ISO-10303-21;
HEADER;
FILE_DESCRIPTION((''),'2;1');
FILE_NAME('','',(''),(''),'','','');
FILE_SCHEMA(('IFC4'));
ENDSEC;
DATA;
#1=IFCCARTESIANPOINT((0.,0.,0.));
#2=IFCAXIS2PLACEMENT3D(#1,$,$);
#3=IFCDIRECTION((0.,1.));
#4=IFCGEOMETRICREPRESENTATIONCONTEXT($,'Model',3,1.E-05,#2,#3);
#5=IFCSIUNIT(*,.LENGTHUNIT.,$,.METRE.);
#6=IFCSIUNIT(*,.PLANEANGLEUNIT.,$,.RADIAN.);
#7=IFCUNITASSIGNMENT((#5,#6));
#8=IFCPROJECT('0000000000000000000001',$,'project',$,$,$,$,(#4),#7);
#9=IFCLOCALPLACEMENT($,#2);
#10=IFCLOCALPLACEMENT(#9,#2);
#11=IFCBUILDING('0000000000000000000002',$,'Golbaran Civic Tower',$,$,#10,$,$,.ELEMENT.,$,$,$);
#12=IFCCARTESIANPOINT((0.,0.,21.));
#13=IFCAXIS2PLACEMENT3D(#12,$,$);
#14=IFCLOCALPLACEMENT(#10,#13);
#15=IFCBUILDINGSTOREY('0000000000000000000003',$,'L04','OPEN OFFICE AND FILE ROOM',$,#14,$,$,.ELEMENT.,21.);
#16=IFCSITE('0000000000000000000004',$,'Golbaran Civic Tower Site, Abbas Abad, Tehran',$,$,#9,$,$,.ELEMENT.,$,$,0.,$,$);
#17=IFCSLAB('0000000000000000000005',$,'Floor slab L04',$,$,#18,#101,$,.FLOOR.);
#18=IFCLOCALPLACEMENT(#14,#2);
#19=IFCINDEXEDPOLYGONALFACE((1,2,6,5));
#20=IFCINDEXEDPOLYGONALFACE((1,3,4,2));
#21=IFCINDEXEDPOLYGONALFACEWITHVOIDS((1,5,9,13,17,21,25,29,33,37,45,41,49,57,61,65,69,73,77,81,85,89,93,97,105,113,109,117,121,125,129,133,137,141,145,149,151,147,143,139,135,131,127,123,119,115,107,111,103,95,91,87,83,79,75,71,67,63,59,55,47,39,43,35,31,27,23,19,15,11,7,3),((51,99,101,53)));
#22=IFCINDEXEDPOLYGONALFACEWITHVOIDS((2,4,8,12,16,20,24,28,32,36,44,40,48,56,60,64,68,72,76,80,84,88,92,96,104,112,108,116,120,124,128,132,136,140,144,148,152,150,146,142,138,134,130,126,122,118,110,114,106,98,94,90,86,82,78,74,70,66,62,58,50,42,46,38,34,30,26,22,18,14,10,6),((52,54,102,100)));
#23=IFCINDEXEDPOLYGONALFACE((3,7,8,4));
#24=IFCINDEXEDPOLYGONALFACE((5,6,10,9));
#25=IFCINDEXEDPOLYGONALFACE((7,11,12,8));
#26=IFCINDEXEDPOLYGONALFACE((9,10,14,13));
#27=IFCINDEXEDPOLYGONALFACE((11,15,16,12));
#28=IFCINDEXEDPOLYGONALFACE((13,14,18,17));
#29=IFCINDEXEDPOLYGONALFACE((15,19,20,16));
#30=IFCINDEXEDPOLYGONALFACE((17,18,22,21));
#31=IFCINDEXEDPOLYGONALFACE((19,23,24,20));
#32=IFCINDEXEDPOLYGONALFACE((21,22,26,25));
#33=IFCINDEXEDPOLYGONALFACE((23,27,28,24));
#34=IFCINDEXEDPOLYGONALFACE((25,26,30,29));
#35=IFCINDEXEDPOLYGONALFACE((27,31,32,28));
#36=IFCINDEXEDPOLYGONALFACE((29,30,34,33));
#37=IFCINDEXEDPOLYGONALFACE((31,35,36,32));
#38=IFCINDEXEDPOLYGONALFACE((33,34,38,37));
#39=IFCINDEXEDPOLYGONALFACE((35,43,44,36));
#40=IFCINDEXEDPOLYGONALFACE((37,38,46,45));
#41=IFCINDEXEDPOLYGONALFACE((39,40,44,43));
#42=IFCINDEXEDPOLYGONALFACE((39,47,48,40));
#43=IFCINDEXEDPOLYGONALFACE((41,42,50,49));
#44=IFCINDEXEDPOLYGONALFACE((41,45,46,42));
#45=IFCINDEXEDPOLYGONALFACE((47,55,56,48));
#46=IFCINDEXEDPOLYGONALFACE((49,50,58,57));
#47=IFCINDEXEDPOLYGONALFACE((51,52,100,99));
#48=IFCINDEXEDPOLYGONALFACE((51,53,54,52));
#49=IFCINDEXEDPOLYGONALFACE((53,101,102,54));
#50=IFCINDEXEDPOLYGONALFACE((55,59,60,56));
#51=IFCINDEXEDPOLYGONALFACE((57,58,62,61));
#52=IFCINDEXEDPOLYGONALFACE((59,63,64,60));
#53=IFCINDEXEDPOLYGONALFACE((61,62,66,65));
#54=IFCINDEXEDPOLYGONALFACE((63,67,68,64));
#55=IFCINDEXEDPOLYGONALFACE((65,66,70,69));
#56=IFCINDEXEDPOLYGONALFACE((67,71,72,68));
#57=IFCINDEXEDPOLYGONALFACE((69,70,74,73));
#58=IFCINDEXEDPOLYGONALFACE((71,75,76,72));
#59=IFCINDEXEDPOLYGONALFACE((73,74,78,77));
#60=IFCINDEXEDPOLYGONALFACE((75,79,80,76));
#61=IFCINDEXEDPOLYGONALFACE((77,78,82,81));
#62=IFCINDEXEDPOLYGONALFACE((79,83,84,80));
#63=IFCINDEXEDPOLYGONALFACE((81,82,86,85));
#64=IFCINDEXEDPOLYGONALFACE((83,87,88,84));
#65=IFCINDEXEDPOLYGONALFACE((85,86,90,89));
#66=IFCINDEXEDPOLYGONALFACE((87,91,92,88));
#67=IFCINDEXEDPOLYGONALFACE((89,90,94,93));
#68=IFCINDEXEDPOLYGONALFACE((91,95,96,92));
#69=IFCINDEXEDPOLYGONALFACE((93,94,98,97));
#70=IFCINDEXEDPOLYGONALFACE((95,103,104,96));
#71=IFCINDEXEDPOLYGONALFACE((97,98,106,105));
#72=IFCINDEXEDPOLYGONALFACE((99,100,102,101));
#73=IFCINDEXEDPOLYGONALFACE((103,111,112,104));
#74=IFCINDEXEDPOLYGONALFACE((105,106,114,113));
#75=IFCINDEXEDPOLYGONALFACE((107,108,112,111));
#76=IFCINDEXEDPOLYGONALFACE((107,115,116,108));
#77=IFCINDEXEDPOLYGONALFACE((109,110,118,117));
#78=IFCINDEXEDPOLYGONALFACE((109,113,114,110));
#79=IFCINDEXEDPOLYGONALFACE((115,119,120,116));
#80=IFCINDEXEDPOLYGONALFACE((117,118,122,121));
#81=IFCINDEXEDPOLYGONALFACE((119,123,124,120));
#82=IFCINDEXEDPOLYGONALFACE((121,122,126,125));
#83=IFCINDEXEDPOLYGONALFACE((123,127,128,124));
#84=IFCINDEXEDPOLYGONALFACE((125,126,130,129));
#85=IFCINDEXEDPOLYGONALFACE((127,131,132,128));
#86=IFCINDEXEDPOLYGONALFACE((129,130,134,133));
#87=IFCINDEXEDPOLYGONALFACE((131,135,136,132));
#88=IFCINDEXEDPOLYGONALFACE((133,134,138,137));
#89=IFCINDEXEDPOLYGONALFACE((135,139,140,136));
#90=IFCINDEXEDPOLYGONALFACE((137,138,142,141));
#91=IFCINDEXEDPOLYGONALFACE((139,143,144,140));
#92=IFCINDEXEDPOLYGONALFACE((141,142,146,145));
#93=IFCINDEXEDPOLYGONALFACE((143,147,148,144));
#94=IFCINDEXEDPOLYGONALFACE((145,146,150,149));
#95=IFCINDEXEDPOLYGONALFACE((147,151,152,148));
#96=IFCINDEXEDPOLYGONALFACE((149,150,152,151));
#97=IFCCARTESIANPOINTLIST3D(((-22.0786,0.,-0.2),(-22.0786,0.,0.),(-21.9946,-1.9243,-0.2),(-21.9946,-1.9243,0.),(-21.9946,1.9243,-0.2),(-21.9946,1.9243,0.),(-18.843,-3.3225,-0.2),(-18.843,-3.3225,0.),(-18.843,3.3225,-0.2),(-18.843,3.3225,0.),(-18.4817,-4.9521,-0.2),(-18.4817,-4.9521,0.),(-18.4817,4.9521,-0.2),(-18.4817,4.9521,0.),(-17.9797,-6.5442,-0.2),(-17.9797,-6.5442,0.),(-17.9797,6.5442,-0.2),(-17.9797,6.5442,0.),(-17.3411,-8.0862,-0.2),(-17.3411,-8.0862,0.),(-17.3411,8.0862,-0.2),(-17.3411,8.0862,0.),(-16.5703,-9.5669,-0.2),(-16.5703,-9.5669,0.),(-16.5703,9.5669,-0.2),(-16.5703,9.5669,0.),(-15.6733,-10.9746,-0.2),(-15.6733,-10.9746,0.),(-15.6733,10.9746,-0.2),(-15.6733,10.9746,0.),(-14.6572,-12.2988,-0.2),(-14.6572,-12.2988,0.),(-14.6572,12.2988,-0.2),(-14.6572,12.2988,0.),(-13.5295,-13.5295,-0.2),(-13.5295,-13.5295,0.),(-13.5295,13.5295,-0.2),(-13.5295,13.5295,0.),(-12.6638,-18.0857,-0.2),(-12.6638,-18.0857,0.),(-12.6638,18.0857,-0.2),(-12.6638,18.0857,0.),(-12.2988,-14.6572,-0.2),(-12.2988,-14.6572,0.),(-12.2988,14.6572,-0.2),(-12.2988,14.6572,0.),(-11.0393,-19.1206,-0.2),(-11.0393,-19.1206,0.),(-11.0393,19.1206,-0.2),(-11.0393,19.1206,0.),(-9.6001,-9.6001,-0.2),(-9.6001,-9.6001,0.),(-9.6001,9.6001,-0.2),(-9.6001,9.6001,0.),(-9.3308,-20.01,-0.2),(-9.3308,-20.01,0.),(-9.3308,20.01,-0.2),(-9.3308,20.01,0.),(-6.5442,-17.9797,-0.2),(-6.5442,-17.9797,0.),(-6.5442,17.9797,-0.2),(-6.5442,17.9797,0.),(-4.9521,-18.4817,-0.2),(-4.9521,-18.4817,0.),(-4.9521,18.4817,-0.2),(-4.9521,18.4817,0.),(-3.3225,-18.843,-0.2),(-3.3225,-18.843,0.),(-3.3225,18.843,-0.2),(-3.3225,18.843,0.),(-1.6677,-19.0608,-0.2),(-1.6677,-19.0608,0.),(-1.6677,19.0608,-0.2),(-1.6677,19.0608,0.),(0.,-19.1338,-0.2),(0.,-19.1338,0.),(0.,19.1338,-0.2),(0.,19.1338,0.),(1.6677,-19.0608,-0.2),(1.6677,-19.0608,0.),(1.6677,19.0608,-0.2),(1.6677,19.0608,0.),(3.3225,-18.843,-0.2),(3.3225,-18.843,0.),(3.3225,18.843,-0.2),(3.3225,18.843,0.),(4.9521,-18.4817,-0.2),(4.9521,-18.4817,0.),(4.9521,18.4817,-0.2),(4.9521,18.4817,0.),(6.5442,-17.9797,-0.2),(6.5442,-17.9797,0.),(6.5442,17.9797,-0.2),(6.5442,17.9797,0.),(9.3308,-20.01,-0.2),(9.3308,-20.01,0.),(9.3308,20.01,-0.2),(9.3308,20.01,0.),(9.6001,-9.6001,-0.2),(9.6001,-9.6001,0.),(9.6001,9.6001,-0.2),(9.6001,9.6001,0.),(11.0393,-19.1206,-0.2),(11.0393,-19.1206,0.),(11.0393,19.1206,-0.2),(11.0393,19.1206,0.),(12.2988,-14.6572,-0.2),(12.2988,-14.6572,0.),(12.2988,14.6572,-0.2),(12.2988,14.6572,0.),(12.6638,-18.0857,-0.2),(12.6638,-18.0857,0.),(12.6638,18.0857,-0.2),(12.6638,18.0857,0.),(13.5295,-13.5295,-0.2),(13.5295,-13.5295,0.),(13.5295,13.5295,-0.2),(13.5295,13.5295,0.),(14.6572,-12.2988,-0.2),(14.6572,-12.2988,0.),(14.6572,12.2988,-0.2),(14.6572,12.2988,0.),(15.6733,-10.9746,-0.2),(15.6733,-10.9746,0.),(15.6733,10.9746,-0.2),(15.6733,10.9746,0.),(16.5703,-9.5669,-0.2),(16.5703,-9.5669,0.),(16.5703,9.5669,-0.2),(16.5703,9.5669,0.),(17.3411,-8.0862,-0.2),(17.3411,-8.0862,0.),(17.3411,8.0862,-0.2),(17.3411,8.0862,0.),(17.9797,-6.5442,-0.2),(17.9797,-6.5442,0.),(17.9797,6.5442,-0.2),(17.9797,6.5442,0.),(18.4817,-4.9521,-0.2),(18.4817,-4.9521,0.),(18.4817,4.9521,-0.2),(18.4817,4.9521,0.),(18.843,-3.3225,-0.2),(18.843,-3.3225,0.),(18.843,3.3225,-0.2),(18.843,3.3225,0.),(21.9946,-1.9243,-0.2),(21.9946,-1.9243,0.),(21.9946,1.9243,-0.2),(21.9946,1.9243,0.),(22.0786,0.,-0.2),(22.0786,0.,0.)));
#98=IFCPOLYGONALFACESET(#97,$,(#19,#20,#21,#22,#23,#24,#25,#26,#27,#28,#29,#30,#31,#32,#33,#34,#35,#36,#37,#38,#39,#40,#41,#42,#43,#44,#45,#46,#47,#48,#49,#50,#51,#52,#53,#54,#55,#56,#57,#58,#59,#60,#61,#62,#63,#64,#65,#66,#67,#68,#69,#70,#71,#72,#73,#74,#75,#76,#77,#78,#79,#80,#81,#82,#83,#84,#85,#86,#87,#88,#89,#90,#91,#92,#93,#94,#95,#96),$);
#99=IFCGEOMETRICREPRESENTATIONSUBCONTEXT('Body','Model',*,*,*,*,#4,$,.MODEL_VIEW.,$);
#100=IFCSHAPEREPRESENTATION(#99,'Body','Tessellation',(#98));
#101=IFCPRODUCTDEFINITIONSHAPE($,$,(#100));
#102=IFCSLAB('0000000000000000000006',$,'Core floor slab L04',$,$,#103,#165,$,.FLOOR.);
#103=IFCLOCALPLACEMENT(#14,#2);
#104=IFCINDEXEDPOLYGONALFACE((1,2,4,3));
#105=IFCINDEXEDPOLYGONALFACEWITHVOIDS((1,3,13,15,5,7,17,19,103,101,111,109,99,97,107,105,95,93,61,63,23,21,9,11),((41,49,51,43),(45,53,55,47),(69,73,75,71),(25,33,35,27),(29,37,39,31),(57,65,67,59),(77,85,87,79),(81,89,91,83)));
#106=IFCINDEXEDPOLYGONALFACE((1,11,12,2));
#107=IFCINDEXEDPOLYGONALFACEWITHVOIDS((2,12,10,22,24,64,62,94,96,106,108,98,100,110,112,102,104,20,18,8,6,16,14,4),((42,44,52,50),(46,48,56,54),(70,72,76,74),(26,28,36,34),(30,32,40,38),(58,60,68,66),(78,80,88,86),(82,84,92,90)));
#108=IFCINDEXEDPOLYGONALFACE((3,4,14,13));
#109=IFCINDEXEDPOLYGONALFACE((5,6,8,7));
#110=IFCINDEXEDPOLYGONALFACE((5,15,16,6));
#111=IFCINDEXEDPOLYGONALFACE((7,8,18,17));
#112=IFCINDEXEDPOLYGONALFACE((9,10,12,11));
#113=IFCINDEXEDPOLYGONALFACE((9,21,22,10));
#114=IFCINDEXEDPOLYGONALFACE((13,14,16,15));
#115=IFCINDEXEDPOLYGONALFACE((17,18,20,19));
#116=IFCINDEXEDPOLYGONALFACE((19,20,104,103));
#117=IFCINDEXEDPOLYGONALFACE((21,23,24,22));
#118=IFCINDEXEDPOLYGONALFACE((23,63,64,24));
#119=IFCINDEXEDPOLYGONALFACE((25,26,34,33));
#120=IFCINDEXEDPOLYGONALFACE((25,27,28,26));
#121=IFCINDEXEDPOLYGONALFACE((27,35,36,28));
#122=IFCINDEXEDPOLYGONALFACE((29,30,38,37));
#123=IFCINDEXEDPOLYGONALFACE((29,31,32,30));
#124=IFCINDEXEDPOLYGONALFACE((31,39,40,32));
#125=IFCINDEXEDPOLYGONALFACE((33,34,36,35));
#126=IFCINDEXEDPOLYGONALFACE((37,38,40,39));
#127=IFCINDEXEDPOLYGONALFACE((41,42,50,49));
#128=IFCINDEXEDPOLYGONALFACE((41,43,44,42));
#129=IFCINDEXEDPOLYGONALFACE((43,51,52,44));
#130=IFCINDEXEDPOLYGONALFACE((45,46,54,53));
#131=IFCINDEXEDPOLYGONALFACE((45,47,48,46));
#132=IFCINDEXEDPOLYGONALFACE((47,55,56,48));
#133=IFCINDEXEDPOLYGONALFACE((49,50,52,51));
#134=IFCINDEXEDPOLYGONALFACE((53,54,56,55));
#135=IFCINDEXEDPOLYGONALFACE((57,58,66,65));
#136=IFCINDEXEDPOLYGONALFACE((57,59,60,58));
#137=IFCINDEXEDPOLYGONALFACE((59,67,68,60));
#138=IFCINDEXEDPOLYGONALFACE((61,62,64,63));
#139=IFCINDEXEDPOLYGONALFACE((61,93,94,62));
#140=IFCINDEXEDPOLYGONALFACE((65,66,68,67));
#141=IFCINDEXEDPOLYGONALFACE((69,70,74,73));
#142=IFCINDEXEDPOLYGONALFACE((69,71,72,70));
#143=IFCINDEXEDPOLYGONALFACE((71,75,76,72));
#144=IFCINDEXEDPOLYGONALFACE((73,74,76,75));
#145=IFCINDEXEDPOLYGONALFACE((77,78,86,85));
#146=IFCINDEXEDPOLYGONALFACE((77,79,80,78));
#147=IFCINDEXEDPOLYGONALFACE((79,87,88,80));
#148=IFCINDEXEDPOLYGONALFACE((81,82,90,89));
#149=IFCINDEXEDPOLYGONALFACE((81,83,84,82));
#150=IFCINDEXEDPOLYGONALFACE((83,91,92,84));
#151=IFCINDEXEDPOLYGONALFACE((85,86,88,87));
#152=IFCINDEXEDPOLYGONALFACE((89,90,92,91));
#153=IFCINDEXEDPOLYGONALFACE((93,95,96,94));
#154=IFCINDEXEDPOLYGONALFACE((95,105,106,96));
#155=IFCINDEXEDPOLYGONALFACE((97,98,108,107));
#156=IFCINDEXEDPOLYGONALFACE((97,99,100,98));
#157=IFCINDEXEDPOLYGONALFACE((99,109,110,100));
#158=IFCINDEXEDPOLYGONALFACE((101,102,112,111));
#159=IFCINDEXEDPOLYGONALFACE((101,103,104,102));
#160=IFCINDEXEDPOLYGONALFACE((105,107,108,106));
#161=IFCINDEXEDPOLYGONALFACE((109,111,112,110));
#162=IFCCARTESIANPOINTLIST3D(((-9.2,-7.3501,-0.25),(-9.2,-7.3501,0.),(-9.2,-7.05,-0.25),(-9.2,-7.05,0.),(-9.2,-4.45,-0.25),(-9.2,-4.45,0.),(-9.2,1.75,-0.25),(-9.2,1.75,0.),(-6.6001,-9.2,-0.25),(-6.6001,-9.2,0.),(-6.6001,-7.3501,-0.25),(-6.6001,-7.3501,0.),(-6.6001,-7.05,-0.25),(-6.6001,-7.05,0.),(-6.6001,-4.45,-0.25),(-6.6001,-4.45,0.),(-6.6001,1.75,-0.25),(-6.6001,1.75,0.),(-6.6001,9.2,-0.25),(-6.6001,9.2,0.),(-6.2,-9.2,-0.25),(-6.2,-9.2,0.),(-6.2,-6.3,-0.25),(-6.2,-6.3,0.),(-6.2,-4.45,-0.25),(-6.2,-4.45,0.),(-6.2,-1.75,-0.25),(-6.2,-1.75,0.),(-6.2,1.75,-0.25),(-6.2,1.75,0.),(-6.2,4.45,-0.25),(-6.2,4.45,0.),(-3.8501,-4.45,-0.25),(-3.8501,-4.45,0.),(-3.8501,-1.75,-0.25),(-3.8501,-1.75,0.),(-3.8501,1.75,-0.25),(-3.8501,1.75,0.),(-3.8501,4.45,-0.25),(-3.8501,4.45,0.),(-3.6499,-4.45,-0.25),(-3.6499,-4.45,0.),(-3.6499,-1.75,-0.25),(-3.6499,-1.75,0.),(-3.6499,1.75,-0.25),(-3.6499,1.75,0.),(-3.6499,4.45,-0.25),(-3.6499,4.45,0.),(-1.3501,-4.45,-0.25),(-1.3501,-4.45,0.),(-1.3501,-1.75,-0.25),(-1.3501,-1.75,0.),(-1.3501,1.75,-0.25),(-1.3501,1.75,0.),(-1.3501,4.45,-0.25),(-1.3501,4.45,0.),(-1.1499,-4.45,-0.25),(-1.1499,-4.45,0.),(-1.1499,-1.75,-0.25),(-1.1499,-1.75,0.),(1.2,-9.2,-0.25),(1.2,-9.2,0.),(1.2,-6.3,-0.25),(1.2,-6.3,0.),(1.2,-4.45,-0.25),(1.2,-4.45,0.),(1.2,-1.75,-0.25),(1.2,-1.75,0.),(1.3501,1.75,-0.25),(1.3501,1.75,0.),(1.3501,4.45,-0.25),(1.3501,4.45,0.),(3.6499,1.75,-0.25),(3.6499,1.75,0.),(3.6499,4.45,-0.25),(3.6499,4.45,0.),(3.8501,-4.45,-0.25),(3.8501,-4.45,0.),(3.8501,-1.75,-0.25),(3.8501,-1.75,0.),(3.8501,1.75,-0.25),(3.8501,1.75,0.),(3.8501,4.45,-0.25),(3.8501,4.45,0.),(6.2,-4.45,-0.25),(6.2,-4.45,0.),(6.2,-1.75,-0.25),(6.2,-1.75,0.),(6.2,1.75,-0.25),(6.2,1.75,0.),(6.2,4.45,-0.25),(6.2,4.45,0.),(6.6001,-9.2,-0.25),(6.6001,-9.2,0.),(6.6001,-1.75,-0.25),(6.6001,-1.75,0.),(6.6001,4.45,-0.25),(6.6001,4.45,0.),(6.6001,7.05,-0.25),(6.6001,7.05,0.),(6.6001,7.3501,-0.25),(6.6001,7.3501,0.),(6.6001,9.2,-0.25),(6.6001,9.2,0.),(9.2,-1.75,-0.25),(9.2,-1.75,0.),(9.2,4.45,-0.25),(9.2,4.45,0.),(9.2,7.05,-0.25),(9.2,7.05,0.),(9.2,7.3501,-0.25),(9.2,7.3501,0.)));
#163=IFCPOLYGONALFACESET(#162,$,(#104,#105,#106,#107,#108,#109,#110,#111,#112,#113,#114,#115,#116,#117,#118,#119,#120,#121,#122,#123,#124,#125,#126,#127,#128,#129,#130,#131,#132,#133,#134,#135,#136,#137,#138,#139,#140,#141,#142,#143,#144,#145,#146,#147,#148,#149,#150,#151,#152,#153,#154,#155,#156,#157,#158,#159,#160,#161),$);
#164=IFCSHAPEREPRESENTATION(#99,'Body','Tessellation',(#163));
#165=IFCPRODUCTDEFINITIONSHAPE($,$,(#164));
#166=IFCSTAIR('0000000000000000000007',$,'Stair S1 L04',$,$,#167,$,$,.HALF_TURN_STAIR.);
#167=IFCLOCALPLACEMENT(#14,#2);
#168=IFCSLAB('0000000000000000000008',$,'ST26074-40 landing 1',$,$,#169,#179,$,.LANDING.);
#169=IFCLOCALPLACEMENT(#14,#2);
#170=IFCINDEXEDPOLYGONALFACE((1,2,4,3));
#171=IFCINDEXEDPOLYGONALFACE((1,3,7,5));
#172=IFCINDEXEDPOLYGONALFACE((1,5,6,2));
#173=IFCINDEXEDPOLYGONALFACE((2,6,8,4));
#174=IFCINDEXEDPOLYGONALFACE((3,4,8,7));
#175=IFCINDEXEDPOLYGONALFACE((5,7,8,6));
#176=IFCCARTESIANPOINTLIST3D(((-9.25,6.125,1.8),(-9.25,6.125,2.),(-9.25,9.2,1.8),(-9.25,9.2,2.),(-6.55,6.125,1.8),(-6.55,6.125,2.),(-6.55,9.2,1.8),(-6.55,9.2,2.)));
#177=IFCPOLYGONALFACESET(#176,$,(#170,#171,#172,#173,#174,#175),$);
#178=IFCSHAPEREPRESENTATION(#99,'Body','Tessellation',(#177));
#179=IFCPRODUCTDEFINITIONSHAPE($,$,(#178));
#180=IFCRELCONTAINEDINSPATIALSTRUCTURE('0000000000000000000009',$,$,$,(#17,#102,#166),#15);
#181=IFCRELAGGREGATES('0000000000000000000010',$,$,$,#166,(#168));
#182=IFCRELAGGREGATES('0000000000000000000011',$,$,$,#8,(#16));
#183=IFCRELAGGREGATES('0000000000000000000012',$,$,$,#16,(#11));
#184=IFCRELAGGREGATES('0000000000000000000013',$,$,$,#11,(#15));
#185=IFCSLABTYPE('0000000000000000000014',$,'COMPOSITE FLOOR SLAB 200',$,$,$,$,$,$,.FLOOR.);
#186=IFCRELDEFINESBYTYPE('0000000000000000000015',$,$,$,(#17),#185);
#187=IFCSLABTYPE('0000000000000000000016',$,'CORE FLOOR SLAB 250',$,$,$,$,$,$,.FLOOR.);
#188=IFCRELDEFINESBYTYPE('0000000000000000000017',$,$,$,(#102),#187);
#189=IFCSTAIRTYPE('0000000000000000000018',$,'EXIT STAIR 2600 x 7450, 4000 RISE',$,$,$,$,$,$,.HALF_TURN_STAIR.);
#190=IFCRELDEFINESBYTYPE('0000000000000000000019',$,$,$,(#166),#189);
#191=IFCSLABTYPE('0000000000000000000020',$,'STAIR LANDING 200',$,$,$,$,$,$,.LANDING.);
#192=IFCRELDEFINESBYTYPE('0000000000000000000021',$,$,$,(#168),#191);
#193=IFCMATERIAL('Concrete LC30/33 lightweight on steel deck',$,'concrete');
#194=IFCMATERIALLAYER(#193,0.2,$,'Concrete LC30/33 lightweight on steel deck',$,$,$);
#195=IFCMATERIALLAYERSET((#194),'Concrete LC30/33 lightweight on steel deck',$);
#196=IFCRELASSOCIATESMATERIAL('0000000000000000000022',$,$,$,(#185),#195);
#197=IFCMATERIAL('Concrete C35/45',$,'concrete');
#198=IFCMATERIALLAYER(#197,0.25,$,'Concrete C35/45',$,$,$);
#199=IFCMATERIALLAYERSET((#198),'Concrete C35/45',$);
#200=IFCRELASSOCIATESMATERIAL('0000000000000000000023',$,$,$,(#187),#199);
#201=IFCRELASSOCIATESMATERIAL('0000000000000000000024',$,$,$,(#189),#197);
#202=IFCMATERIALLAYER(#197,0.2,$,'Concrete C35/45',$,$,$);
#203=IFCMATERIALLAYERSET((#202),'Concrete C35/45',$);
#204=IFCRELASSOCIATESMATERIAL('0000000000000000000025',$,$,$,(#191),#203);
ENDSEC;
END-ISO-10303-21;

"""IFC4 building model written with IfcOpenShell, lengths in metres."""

from ifc_helpers import new_model, si_unit, direction, frame, origin, place, context, subcontext, project, spatial, polyline, outline, extrude, material, layer, layer_set, type_object, element, aggregate, save


model = new_model("IFC4")

# Units and contexts
model_context = context("Model", 3, precision=1e-05, world=origin(), true_north=direction((0.0, 1.0)))
body_context = subcontext(model_context, "Body", "Model", "MODEL_VIEW")
ifc_project = project(units=[si_unit("LENGTHUNIT", "METRE"), si_unit("PLANEANGLEUNIT", "RADIAN")], contexts=[model_context])

# Site, building, storey
site_placement = place(None, origin())
site = spatial("IfcSite", under=ifc_project, at=site_placement, Name="Golbaran Civic Tower Site, Abbas Abad, Tehran", CompositionType="ELEMENT", RefElevation=0.0)
building_placement = place(site_placement, origin())
building = spatial("IfcBuilding", under=site, at=building_placement, Name="Golbaran Civic Tower", CompositionType="ELEMENT")
storey_placement = place(building_placement, frame((0.0, 0.0, 21.0)))
storey = spatial("IfcBuildingStorey", under=building, at=storey_placement, Name="L04", Description="OPEN OFFICE AND FILE ROOM", CompositionType="ELEMENT", Elevation=21.0)

# Slabs
ifc_material_1 = material(Name="Concrete LC30/33 lightweight on steel deck", Category="concrete")
ifc_layer_1 = layer(ifc_material_1, 0.2, Name="Concrete LC30/33 lightweight on steel deck")
ifc_layer_set_1 = layer_set([ifc_layer_1], Name="Concrete LC30/33 lightweight on steel deck")
slab_type_1 = type_object("IfcSlabType", Name="COMPOSITE FLOOR SLAB 200", PredefinedType="FLOOR", material=ifc_layer_set_1)
slab_1_placement = place(storey_placement, frame((0.0, 0.0, -0.2)))
element("IfcSlab", 1, at=slab_1_placement, inside=storey, type_object=slab_type_1, Name="Floor slab L04", PredefinedType="FLOOR", context=body_context, shape_type="SweptSolid", body=[
    extrude(outline(polyline([(18.843, -3.3225), (18.4817, -4.9521), (17.9797, -6.5442), (17.3411, -8.0862), (16.5703, -9.5669), (15.6733, -10.9746), (14.6572, -12.2988), (13.5295, -13.5295), (12.2988, -14.6572), (12.6638, -18.0857), (11.0393, -19.1206), (9.3308, -20.01), (6.5442, -17.9797), (4.9521, -18.4817), (3.3225, -18.843), (1.6677, -19.0608), (0.0, -19.1338), (-1.6677, -19.0608), (-3.3225, -18.843), (-4.9521, -18.4817), (-6.5442, -17.9797), (-9.3308, -20.01), (-11.0393, -19.1206), (-12.6638, -18.0857), (-12.2988, -14.6572), (-13.5295, -13.5295), (-14.6572, -12.2988), (-15.6733, -10.9746), (-16.5703, -9.5669), (-17.3411, -8.0862), (-17.9797, -6.5442), (-18.4817, -4.9521), (-18.843, -3.3225), (-21.9946, -1.9243), (-22.0786, 0.0), (-21.9946, 1.9243), (-18.843, 3.3225), (-18.4817, 4.9521), (-17.9797, 6.5442), (-17.3411, 8.0862), (-16.5703, 9.5669), (-15.6733, 10.9746), (-14.6572, 12.2988), (-13.5295, 13.5295), (-12.2988, 14.6572), (-12.6638, 18.0857), (-11.0393, 19.1206), (-9.3308, 20.01), (-6.5442, 17.9797), (-4.9521, 18.4817), (-3.3225, 18.843), (-1.6677, 19.0608), (0.0, 19.1338), (1.6677, 19.0608), (3.3225, 18.843), (4.9521, 18.4817), (6.5442, 17.9797), (9.3308, 20.01), (11.0393, 19.1206), (12.6638, 18.0857), (12.2988, 14.6572), (13.5295, 13.5295), (14.6572, 12.2988), (15.6733, 10.9746), (16.5703, 9.5669), (17.3411, 8.0862), (17.9797, 6.5442), (18.4817, 4.9521), (18.843, 3.3225), (21.9946, 1.9243), (22.0786, 0.0), (21.9946, -1.9243), (18.843, -3.3225)]), holes=[polyline([(-9.6001, 9.6001), (-9.6001, -9.6001), (9.6001, -9.6001), (9.6001, 9.6001), (-9.6001, 9.6001)])]), origin(), (0.0, 0.0, 1.0), 0.2),
])
ifc_material_2 = material(Name="Concrete C35/45", Category="concrete")
ifc_layer_2 = layer(ifc_material_2, 0.25, Name="Concrete C35/45")
ifc_layer_set_2 = layer_set([ifc_layer_2], Name="Concrete C35/45")
slab_type_2 = type_object("IfcSlabType", Name="CORE FLOOR SLAB 250", PredefinedType="FLOOR", material=ifc_layer_set_2)
slab_2_placement = place(storey_placement, frame((0.0, 0.0, -0.25)))
element("IfcSlab", 2, at=slab_2_placement, inside=storey, type_object=slab_type_2, Name="Core floor slab L04", PredefinedType="FLOOR", context=body_context, shape_type="SweptSolid", body=[
    extrude(outline(polyline([(6.6001, -1.75), (6.6001, -9.2), (1.2, -9.2), (1.2, -6.3), (-6.2, -6.3), (-6.2, -9.2), (-6.6001, -9.2), (-6.6001, -7.3501), (-9.2, -7.3501), (-9.2, -7.05), (-6.6001, -7.05), (-6.6001, -4.45), (-9.2, -4.45), (-9.2, 1.75), (-6.6001, 1.75), (-6.6001, 9.2), (6.6001, 9.2), (6.6001, 7.3501), (9.2, 7.3501), (9.2, 7.05), (6.6001, 7.05), (6.6001, 4.45), (9.2, 4.45), (9.2, -1.75), (6.6001, -1.75)]), holes=[polyline([(6.2, -1.75), (3.8501, -1.75), (3.8501, -4.45), (6.2, -4.45), (6.2, -1.75)]), polyline([(6.2, 4.45), (3.8501, 4.45), (3.8501, 1.75), (6.2, 1.75), (6.2, 4.45)]), polyline([(3.6499, 4.45), (1.3501, 4.45), (1.3501, 1.75), (3.6499, 1.75), (3.6499, 4.45)]), polyline([(1.2, -1.75), (-1.1499, -1.75), (-1.1499, -4.45), (1.2, -4.45), (1.2, -1.75)]), polyline([(-1.3501, 4.45), (-3.6499, 4.45), (-3.6499, 1.75), (-1.3501, 1.75), (-1.3501, 4.45)]), polyline([(-1.3501, -1.75), (-3.6499, -1.75), (-3.6499, -4.45), (-1.3501, -4.45), (-1.3501, -1.75)]), polyline([(-3.8501, -1.75), (-6.2, -1.75), (-6.2, -4.45), (-3.8501, -4.45), (-3.8501, -1.75)]), polyline([(-3.8501, 4.45), (-6.2, 4.45), (-6.2, 1.75), (-3.8501, 1.75), (-3.8501, 4.45)])]), origin(), (0.0, 0.0, 1.0), 0.25),
])

# Stair, slab
stair_type = type_object("IfcStairType", Name="EXIT STAIR 2600 x 7450, 4000 RISE", PredefinedType="HALF_TURN_STAIR", material=ifc_material_2)
stair_1_placement = place(storey_placement, origin())
stair_1 = element("IfcStair", 3, at=stair_1_placement, inside=storey, type_object=stair_type, Name="Stair S1 L04", PredefinedType="HALF_TURN_STAIR")
ifc_layer_3 = layer(ifc_material_2, 0.2, Name="Concrete C35/45")
ifc_layer_set_3 = layer_set([ifc_layer_3], Name="Concrete C35/45")
slab_type_3 = type_object("IfcSlabType", Name="STAIR LANDING 200", PredefinedType="LANDING", material=ifc_layer_set_3)
slab_3_placement = place(storey_placement, frame((0.0, 0.0, 1.8)))
slab_3 = element("IfcSlab", 4, at=slab_3_placement, type_object=slab_type_3, Name="ST26074-40 landing 1", PredefinedType="LANDING", context=body_context, shape_type="SweptSolid", body=[
    extrude(outline(polyline([(-9.25, 6.125), (-9.25, 9.2), (-6.55, 9.2), (-6.55, 6.125), (-9.25, 6.125)])), origin(), (0.0, 0.0, 1.0), 0.2),
])
aggregate(stair_1, [slab_3])

save(model, "model.ifc")
